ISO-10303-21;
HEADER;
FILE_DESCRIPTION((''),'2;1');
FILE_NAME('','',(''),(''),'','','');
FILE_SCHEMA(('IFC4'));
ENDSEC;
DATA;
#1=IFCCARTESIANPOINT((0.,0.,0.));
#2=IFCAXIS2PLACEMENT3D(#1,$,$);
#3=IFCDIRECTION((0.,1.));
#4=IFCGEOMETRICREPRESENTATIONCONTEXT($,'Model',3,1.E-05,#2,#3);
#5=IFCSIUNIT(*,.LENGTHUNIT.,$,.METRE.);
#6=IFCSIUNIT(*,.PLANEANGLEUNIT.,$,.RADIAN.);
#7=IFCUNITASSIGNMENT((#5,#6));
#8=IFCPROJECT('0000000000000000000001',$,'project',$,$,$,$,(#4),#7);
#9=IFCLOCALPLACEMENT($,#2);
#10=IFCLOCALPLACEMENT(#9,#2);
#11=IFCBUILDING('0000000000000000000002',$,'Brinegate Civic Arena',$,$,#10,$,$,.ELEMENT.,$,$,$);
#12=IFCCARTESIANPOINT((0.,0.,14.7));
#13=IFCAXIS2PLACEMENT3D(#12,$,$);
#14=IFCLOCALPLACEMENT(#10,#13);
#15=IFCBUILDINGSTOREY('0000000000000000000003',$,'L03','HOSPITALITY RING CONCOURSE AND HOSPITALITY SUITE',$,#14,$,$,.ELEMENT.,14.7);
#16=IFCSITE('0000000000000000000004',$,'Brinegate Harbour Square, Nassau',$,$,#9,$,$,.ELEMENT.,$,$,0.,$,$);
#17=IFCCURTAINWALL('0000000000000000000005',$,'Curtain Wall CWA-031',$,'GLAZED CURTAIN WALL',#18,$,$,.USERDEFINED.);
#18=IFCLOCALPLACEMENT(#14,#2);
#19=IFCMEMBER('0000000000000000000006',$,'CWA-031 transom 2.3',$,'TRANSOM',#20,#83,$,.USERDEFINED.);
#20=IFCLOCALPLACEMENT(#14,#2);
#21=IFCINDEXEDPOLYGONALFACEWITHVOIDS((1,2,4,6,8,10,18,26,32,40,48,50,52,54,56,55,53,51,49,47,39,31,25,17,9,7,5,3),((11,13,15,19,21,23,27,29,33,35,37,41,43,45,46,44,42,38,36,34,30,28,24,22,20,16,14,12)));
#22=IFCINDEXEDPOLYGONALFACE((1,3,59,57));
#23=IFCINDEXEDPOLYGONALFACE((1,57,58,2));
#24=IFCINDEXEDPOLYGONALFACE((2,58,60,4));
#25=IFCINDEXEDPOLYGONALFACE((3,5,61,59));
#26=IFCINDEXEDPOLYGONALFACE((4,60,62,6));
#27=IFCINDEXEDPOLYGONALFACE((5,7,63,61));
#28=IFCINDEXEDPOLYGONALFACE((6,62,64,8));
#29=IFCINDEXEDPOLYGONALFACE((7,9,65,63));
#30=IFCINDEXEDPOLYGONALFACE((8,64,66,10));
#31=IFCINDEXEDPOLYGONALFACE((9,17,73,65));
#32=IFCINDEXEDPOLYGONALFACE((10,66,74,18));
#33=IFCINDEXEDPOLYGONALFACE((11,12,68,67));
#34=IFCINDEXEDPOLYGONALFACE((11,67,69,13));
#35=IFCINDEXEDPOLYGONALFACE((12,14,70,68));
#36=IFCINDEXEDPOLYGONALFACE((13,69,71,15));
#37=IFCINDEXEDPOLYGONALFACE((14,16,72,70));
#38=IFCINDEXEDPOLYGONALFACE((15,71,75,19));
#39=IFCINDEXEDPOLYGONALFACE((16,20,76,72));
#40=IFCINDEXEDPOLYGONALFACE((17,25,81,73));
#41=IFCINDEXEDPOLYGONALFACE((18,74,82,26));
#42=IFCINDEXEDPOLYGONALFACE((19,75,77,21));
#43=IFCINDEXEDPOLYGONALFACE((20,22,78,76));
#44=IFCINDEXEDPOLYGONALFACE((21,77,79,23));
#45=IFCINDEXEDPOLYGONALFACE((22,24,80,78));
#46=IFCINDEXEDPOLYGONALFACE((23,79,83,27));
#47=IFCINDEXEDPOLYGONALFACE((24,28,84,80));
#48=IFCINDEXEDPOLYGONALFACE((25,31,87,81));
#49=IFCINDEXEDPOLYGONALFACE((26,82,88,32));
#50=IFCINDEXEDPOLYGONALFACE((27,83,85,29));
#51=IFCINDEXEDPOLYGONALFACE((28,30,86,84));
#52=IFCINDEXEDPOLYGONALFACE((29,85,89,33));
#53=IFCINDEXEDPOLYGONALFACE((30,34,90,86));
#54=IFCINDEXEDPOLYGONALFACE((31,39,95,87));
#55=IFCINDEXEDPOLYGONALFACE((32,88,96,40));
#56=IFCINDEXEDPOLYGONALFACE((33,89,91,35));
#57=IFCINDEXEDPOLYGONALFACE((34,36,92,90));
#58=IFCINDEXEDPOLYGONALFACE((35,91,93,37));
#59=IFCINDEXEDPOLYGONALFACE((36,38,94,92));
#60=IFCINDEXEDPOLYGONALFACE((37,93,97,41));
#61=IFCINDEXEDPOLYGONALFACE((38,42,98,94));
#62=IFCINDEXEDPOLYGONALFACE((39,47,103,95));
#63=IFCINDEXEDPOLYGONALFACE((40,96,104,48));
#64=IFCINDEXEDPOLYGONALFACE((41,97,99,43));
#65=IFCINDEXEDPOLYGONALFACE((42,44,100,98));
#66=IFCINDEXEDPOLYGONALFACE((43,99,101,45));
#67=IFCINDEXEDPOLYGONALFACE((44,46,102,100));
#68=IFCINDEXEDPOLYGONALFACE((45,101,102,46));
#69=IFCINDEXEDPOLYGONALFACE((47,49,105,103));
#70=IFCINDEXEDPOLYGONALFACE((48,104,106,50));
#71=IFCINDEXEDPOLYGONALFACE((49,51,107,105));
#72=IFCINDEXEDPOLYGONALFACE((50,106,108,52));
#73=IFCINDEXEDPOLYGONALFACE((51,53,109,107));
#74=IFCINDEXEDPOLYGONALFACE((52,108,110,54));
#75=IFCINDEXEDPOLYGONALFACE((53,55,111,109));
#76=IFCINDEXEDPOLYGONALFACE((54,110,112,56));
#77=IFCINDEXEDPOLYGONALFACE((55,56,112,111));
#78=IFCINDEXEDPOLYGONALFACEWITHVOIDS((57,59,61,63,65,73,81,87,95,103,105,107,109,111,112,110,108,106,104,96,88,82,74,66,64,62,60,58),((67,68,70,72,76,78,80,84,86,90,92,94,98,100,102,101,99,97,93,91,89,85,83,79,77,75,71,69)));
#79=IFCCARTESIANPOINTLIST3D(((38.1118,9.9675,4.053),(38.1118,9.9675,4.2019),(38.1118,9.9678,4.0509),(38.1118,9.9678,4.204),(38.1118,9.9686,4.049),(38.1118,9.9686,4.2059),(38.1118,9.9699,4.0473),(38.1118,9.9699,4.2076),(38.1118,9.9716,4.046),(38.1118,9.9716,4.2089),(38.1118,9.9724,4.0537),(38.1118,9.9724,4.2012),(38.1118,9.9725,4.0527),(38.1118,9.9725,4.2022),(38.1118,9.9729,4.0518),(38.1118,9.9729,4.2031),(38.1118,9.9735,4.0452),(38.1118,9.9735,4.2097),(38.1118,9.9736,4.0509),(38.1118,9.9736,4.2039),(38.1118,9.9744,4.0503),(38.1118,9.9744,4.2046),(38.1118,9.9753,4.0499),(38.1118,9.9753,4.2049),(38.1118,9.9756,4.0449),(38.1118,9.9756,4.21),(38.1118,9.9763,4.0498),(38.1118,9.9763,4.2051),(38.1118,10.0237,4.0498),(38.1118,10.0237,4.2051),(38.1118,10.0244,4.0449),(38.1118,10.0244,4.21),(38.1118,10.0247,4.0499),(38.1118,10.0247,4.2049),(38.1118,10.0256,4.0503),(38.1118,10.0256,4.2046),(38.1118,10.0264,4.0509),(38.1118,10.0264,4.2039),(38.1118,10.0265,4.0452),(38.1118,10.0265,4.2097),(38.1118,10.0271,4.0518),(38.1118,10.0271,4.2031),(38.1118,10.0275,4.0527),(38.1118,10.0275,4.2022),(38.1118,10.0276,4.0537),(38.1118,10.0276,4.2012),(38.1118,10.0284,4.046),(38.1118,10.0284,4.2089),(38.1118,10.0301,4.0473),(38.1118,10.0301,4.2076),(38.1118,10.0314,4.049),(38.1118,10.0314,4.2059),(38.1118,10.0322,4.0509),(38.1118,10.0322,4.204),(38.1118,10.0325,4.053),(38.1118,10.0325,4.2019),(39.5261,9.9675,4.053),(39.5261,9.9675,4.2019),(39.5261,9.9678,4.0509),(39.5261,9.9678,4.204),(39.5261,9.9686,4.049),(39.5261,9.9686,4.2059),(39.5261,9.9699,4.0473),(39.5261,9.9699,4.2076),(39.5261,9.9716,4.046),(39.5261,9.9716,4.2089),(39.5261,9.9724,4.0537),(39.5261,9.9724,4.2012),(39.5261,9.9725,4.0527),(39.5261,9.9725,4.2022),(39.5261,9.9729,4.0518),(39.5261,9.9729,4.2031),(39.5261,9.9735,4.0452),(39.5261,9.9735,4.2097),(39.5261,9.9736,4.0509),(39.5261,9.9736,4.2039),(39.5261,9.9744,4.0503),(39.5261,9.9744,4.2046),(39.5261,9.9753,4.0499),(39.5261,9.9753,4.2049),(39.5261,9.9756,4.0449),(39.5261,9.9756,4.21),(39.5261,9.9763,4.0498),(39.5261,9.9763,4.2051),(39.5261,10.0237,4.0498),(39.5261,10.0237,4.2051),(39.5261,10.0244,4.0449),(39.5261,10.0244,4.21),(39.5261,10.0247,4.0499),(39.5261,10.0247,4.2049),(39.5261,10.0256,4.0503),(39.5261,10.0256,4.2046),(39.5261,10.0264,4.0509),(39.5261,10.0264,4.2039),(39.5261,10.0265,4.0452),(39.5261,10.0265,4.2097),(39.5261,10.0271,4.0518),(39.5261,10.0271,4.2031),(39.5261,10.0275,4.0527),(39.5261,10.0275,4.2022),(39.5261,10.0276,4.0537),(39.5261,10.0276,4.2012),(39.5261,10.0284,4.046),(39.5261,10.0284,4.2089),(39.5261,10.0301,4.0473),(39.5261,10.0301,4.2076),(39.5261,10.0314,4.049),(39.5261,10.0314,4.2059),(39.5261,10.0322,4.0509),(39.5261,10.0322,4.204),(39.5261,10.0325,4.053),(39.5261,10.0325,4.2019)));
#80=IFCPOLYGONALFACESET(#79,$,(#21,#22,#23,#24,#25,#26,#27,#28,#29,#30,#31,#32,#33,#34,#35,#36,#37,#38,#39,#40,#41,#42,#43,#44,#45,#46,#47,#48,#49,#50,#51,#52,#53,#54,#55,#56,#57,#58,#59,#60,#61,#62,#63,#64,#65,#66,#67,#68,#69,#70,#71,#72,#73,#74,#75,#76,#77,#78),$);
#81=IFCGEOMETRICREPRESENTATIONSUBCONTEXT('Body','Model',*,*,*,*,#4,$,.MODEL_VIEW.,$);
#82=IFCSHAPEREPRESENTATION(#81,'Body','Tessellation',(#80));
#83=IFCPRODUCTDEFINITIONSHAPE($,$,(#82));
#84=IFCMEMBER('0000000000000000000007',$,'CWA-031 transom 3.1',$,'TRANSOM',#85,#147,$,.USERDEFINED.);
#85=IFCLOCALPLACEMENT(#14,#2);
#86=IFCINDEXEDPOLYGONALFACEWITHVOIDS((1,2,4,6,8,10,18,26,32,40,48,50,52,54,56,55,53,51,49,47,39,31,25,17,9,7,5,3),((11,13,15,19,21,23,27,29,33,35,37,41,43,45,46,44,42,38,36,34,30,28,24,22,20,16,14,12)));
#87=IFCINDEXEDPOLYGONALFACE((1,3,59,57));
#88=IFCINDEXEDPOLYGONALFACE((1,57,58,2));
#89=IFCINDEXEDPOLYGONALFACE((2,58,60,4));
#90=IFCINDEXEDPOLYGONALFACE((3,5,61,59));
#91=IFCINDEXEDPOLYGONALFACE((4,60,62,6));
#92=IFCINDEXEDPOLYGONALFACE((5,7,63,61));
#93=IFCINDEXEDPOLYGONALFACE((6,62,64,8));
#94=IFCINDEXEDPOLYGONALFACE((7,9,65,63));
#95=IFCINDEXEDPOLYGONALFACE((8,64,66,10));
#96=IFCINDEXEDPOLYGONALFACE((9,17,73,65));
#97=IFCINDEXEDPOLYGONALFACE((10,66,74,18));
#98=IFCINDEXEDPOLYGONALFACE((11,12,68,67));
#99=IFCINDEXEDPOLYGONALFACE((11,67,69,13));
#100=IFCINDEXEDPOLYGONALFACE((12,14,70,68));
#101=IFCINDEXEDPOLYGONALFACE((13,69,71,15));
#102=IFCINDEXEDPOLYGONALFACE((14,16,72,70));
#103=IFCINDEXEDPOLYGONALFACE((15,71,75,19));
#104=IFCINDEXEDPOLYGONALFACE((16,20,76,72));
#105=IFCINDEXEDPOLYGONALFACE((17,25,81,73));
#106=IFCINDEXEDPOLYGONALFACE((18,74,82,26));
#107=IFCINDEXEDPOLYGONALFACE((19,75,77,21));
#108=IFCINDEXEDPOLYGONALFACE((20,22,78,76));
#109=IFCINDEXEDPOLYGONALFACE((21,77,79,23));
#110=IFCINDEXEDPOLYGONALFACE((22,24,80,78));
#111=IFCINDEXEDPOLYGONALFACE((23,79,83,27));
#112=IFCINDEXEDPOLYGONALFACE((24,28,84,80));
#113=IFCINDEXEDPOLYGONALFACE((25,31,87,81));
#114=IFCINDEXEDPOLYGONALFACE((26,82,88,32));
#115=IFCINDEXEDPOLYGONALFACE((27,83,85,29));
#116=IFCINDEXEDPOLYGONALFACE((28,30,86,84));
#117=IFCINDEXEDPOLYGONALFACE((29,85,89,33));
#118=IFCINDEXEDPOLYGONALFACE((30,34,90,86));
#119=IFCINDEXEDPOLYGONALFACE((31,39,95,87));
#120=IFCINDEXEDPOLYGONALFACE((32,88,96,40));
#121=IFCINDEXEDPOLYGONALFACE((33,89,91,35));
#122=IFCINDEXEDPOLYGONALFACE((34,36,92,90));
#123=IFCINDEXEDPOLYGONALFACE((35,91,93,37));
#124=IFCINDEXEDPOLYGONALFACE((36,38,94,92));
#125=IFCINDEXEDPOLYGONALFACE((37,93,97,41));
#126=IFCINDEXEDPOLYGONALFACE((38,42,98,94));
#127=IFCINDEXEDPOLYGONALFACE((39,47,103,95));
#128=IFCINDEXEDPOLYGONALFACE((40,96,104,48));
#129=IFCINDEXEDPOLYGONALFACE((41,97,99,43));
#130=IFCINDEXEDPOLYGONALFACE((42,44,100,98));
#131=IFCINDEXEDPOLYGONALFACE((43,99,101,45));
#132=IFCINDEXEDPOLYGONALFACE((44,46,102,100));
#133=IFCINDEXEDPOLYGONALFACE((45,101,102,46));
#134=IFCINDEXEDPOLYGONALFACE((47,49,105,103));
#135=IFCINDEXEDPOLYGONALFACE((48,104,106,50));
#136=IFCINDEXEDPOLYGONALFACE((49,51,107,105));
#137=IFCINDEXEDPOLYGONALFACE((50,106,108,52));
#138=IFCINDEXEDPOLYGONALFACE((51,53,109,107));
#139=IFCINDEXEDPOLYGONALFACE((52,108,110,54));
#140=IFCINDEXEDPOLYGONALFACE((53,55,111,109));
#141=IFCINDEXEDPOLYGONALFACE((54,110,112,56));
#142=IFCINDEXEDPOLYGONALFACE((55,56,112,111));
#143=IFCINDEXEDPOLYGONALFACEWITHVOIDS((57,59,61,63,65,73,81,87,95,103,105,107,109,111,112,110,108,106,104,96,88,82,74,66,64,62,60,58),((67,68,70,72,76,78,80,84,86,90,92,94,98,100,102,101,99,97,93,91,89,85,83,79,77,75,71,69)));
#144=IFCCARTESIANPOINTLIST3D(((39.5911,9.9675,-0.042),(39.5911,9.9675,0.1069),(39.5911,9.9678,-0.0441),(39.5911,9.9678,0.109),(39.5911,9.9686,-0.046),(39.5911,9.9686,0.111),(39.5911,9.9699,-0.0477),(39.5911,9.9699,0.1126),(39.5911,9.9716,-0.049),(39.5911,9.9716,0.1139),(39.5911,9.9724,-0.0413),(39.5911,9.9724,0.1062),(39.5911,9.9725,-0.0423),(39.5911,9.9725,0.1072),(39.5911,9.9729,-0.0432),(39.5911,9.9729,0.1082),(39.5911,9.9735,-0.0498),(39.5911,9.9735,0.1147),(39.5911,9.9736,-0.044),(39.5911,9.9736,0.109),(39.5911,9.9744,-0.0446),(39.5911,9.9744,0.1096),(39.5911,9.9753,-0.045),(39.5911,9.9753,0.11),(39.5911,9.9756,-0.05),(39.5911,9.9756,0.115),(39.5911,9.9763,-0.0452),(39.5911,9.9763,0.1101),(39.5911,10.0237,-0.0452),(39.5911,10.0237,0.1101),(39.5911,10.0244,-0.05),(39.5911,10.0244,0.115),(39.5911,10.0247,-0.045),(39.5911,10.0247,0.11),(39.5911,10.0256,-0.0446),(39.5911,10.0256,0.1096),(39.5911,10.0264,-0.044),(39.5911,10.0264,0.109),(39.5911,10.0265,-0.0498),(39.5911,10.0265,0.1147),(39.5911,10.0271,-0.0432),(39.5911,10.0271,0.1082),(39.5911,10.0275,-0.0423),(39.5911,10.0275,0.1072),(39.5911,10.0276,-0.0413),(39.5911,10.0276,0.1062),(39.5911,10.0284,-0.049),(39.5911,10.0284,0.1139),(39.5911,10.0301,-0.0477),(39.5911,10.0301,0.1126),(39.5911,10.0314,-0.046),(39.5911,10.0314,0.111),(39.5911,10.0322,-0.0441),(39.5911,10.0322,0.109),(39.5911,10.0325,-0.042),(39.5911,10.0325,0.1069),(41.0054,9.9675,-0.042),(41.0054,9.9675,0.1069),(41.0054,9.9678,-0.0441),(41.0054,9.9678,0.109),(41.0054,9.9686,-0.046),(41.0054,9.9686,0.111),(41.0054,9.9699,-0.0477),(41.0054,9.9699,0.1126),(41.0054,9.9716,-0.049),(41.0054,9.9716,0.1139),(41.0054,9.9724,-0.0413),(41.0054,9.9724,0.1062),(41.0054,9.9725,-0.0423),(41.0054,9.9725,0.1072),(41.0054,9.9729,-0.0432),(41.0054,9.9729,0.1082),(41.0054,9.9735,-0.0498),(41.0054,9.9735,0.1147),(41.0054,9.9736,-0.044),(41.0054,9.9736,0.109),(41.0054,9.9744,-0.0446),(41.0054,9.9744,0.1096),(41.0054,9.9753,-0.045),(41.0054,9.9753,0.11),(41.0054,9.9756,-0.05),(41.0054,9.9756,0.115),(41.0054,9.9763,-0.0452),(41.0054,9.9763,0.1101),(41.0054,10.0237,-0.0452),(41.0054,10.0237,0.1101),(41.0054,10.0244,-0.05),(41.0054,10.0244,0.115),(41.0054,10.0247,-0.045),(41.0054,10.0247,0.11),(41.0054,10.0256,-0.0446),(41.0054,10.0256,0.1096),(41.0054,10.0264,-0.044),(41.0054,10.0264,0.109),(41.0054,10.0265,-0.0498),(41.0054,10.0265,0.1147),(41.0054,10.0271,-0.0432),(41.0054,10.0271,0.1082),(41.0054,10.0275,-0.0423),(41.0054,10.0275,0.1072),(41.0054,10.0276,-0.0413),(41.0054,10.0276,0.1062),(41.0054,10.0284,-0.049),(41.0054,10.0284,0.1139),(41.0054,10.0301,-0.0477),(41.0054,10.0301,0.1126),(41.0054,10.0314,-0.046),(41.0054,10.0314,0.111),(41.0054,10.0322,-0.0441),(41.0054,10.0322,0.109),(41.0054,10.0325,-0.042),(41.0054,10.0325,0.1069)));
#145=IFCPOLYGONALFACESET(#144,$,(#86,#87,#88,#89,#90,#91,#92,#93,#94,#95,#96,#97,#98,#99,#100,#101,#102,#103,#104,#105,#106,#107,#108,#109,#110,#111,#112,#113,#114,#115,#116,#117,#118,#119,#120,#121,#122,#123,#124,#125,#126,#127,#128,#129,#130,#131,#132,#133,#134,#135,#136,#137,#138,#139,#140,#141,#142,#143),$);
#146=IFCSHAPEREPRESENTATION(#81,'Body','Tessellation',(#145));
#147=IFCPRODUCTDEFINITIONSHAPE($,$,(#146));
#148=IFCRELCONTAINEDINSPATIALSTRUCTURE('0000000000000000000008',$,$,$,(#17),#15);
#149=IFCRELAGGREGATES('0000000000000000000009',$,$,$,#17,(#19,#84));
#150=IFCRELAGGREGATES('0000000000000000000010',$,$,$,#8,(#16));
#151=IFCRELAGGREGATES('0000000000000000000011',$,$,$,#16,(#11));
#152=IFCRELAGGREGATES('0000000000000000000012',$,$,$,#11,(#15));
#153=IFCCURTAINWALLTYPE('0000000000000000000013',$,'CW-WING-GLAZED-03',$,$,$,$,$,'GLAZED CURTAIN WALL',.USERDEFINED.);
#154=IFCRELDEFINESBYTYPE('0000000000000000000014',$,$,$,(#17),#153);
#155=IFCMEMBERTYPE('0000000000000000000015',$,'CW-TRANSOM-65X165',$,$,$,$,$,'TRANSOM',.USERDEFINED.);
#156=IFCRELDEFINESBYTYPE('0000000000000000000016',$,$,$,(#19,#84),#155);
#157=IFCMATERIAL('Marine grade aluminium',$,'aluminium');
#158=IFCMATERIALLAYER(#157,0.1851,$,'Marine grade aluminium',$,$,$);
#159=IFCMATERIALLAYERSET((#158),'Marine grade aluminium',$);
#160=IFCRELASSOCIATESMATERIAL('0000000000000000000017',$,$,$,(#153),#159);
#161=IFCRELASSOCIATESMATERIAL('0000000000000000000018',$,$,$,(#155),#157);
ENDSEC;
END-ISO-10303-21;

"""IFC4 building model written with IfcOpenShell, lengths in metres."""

from ifc_helpers import new_model, si_unit, direction, frame, origin, origin_2d, place, context, subcontext, project, spatial, hollow_rectangle, extrude, material, layer, layer_set, material_profile, profile_set, type_object, element, aggregate, save


model = new_model("IFC4")

# Units and contexts
model_context = context("Model", 3, precision=1e-05, world=origin(), true_north=direction((0.0, 1.0)))
body_context = subcontext(model_context, "Body", "Model", "MODEL_VIEW")
ifc_project = project(units=[si_unit("LENGTHUNIT", "METRE"), si_unit("PLANEANGLEUNIT", "RADIAN")], contexts=[model_context])

# Site, building, storey
site_placement = place(None, origin())
site = spatial("IfcSite", under=ifc_project, at=site_placement, Name="Brinegate Harbour Square, Nassau", CompositionType="ELEMENT", RefElevation=0.0)
building_placement = place(site_placement, origin())
building = spatial("IfcBuilding", under=site, at=building_placement, Name="Brinegate Civic Arena", CompositionType="ELEMENT")
storey_placement = place(building_placement, frame((0.0, 0.0, 14.7)))
storey = spatial("IfcBuildingStorey", under=building, at=storey_placement, Name="L03", Description="HOSPITALITY RING CONCOURSE AND HOSPITALITY SUITE", CompositionType="ELEMENT", Elevation=14.7)

# Curtain wall
ifc_material_1 = material(Name="Marine grade aluminium", Category="aluminium")
ifc_layer_1 = layer(ifc_material_1, 0.1851, Name="Marine grade aluminium")
ifc_layer_set_1 = layer_set([ifc_layer_1], Name="Marine grade aluminium")
curtain_wall_type = type_object("IfcCurtainWallType", Name="CW-WING-GLAZED-03", ElementType="GLAZED CURTAIN WALL", PredefinedType="USERDEFINED", material=ifc_layer_set_1)
curtain_wall_1_placement = place(storey_placement, origin())
curtain_wall_1 = element("IfcCurtainWall", 1, at=curtain_wall_1_placement, inside=storey, type_object=curtain_wall_type, Name="Curtain Wall CWA-031", ObjectType="GLAZED CURTAIN WALL", PredefinedType="USERDEFINED")

# Members
ifc_material_profile_1 = material_profile(ifc_material_1, hollow_rectangle(XDim=0.0649, YDim=0.165, WallThickness=0.0049, InnerFilletRadius=0.0039, OuterFilletRadius=0.0081, at=origin_2d()), Name="TRN65X165")
ifc_profile_set_1 = profile_set([ifc_material_profile_1], Name="Marine grade aluminium")
member_type_1 = type_object("IfcMemberType", Name="CW-TRANSOM-65X165", ElementType="TRANSOM", PredefinedType="USERDEFINED", material=ifc_profile_set_1)
member_1_placement = place(storey_placement, frame((38.1118, 10.0, 4.1274), z_axis=(1.0, 0.0, 0.0), x_axis=(0.0, 1.0, 0.0)))
member_1 = element("IfcMember", 2, at=member_1_placement, type_object=member_type_1, Name="CWA-031 transom 2.3", ObjectType="TRANSOM", PredefinedType="USERDEFINED", context=body_context, shape_type="SweptSolid", body=[
    extrude(hollow_rectangle(XDim=0.0649, YDim=0.165, WallThickness=0.0049, InnerFilletRadius=0.0039, OuterFilletRadius=0.0081, at=origin_2d()), origin(), (0.0, 0.0, 1.0), 1.4143),
])
member_2_placement = place(storey_placement, frame((39.5911, 10.0, 0.0325), z_axis=(1.0, 0.0, 0.0), x_axis=(0.0, 1.0, 0.0)))
member_2 = element("IfcMember", 3, at=member_2_placement, type_object=member_type_1, Name="CWA-031 transom 3.1", ObjectType="TRANSOM", PredefinedType="USERDEFINED", context=body_context, shape_type="SweptSolid", body=[
    extrude(hollow_rectangle(XDim=0.0649, YDim=0.165, WallThickness=0.0049, InnerFilletRadius=0.0039, OuterFilletRadius=0.0081, at=origin_2d()), origin(), (0.0, 0.0, 1.0), 1.4143),
])

aggregate(curtain_wall_1, [member_1, member_2])

save(model, "model.ifc")
